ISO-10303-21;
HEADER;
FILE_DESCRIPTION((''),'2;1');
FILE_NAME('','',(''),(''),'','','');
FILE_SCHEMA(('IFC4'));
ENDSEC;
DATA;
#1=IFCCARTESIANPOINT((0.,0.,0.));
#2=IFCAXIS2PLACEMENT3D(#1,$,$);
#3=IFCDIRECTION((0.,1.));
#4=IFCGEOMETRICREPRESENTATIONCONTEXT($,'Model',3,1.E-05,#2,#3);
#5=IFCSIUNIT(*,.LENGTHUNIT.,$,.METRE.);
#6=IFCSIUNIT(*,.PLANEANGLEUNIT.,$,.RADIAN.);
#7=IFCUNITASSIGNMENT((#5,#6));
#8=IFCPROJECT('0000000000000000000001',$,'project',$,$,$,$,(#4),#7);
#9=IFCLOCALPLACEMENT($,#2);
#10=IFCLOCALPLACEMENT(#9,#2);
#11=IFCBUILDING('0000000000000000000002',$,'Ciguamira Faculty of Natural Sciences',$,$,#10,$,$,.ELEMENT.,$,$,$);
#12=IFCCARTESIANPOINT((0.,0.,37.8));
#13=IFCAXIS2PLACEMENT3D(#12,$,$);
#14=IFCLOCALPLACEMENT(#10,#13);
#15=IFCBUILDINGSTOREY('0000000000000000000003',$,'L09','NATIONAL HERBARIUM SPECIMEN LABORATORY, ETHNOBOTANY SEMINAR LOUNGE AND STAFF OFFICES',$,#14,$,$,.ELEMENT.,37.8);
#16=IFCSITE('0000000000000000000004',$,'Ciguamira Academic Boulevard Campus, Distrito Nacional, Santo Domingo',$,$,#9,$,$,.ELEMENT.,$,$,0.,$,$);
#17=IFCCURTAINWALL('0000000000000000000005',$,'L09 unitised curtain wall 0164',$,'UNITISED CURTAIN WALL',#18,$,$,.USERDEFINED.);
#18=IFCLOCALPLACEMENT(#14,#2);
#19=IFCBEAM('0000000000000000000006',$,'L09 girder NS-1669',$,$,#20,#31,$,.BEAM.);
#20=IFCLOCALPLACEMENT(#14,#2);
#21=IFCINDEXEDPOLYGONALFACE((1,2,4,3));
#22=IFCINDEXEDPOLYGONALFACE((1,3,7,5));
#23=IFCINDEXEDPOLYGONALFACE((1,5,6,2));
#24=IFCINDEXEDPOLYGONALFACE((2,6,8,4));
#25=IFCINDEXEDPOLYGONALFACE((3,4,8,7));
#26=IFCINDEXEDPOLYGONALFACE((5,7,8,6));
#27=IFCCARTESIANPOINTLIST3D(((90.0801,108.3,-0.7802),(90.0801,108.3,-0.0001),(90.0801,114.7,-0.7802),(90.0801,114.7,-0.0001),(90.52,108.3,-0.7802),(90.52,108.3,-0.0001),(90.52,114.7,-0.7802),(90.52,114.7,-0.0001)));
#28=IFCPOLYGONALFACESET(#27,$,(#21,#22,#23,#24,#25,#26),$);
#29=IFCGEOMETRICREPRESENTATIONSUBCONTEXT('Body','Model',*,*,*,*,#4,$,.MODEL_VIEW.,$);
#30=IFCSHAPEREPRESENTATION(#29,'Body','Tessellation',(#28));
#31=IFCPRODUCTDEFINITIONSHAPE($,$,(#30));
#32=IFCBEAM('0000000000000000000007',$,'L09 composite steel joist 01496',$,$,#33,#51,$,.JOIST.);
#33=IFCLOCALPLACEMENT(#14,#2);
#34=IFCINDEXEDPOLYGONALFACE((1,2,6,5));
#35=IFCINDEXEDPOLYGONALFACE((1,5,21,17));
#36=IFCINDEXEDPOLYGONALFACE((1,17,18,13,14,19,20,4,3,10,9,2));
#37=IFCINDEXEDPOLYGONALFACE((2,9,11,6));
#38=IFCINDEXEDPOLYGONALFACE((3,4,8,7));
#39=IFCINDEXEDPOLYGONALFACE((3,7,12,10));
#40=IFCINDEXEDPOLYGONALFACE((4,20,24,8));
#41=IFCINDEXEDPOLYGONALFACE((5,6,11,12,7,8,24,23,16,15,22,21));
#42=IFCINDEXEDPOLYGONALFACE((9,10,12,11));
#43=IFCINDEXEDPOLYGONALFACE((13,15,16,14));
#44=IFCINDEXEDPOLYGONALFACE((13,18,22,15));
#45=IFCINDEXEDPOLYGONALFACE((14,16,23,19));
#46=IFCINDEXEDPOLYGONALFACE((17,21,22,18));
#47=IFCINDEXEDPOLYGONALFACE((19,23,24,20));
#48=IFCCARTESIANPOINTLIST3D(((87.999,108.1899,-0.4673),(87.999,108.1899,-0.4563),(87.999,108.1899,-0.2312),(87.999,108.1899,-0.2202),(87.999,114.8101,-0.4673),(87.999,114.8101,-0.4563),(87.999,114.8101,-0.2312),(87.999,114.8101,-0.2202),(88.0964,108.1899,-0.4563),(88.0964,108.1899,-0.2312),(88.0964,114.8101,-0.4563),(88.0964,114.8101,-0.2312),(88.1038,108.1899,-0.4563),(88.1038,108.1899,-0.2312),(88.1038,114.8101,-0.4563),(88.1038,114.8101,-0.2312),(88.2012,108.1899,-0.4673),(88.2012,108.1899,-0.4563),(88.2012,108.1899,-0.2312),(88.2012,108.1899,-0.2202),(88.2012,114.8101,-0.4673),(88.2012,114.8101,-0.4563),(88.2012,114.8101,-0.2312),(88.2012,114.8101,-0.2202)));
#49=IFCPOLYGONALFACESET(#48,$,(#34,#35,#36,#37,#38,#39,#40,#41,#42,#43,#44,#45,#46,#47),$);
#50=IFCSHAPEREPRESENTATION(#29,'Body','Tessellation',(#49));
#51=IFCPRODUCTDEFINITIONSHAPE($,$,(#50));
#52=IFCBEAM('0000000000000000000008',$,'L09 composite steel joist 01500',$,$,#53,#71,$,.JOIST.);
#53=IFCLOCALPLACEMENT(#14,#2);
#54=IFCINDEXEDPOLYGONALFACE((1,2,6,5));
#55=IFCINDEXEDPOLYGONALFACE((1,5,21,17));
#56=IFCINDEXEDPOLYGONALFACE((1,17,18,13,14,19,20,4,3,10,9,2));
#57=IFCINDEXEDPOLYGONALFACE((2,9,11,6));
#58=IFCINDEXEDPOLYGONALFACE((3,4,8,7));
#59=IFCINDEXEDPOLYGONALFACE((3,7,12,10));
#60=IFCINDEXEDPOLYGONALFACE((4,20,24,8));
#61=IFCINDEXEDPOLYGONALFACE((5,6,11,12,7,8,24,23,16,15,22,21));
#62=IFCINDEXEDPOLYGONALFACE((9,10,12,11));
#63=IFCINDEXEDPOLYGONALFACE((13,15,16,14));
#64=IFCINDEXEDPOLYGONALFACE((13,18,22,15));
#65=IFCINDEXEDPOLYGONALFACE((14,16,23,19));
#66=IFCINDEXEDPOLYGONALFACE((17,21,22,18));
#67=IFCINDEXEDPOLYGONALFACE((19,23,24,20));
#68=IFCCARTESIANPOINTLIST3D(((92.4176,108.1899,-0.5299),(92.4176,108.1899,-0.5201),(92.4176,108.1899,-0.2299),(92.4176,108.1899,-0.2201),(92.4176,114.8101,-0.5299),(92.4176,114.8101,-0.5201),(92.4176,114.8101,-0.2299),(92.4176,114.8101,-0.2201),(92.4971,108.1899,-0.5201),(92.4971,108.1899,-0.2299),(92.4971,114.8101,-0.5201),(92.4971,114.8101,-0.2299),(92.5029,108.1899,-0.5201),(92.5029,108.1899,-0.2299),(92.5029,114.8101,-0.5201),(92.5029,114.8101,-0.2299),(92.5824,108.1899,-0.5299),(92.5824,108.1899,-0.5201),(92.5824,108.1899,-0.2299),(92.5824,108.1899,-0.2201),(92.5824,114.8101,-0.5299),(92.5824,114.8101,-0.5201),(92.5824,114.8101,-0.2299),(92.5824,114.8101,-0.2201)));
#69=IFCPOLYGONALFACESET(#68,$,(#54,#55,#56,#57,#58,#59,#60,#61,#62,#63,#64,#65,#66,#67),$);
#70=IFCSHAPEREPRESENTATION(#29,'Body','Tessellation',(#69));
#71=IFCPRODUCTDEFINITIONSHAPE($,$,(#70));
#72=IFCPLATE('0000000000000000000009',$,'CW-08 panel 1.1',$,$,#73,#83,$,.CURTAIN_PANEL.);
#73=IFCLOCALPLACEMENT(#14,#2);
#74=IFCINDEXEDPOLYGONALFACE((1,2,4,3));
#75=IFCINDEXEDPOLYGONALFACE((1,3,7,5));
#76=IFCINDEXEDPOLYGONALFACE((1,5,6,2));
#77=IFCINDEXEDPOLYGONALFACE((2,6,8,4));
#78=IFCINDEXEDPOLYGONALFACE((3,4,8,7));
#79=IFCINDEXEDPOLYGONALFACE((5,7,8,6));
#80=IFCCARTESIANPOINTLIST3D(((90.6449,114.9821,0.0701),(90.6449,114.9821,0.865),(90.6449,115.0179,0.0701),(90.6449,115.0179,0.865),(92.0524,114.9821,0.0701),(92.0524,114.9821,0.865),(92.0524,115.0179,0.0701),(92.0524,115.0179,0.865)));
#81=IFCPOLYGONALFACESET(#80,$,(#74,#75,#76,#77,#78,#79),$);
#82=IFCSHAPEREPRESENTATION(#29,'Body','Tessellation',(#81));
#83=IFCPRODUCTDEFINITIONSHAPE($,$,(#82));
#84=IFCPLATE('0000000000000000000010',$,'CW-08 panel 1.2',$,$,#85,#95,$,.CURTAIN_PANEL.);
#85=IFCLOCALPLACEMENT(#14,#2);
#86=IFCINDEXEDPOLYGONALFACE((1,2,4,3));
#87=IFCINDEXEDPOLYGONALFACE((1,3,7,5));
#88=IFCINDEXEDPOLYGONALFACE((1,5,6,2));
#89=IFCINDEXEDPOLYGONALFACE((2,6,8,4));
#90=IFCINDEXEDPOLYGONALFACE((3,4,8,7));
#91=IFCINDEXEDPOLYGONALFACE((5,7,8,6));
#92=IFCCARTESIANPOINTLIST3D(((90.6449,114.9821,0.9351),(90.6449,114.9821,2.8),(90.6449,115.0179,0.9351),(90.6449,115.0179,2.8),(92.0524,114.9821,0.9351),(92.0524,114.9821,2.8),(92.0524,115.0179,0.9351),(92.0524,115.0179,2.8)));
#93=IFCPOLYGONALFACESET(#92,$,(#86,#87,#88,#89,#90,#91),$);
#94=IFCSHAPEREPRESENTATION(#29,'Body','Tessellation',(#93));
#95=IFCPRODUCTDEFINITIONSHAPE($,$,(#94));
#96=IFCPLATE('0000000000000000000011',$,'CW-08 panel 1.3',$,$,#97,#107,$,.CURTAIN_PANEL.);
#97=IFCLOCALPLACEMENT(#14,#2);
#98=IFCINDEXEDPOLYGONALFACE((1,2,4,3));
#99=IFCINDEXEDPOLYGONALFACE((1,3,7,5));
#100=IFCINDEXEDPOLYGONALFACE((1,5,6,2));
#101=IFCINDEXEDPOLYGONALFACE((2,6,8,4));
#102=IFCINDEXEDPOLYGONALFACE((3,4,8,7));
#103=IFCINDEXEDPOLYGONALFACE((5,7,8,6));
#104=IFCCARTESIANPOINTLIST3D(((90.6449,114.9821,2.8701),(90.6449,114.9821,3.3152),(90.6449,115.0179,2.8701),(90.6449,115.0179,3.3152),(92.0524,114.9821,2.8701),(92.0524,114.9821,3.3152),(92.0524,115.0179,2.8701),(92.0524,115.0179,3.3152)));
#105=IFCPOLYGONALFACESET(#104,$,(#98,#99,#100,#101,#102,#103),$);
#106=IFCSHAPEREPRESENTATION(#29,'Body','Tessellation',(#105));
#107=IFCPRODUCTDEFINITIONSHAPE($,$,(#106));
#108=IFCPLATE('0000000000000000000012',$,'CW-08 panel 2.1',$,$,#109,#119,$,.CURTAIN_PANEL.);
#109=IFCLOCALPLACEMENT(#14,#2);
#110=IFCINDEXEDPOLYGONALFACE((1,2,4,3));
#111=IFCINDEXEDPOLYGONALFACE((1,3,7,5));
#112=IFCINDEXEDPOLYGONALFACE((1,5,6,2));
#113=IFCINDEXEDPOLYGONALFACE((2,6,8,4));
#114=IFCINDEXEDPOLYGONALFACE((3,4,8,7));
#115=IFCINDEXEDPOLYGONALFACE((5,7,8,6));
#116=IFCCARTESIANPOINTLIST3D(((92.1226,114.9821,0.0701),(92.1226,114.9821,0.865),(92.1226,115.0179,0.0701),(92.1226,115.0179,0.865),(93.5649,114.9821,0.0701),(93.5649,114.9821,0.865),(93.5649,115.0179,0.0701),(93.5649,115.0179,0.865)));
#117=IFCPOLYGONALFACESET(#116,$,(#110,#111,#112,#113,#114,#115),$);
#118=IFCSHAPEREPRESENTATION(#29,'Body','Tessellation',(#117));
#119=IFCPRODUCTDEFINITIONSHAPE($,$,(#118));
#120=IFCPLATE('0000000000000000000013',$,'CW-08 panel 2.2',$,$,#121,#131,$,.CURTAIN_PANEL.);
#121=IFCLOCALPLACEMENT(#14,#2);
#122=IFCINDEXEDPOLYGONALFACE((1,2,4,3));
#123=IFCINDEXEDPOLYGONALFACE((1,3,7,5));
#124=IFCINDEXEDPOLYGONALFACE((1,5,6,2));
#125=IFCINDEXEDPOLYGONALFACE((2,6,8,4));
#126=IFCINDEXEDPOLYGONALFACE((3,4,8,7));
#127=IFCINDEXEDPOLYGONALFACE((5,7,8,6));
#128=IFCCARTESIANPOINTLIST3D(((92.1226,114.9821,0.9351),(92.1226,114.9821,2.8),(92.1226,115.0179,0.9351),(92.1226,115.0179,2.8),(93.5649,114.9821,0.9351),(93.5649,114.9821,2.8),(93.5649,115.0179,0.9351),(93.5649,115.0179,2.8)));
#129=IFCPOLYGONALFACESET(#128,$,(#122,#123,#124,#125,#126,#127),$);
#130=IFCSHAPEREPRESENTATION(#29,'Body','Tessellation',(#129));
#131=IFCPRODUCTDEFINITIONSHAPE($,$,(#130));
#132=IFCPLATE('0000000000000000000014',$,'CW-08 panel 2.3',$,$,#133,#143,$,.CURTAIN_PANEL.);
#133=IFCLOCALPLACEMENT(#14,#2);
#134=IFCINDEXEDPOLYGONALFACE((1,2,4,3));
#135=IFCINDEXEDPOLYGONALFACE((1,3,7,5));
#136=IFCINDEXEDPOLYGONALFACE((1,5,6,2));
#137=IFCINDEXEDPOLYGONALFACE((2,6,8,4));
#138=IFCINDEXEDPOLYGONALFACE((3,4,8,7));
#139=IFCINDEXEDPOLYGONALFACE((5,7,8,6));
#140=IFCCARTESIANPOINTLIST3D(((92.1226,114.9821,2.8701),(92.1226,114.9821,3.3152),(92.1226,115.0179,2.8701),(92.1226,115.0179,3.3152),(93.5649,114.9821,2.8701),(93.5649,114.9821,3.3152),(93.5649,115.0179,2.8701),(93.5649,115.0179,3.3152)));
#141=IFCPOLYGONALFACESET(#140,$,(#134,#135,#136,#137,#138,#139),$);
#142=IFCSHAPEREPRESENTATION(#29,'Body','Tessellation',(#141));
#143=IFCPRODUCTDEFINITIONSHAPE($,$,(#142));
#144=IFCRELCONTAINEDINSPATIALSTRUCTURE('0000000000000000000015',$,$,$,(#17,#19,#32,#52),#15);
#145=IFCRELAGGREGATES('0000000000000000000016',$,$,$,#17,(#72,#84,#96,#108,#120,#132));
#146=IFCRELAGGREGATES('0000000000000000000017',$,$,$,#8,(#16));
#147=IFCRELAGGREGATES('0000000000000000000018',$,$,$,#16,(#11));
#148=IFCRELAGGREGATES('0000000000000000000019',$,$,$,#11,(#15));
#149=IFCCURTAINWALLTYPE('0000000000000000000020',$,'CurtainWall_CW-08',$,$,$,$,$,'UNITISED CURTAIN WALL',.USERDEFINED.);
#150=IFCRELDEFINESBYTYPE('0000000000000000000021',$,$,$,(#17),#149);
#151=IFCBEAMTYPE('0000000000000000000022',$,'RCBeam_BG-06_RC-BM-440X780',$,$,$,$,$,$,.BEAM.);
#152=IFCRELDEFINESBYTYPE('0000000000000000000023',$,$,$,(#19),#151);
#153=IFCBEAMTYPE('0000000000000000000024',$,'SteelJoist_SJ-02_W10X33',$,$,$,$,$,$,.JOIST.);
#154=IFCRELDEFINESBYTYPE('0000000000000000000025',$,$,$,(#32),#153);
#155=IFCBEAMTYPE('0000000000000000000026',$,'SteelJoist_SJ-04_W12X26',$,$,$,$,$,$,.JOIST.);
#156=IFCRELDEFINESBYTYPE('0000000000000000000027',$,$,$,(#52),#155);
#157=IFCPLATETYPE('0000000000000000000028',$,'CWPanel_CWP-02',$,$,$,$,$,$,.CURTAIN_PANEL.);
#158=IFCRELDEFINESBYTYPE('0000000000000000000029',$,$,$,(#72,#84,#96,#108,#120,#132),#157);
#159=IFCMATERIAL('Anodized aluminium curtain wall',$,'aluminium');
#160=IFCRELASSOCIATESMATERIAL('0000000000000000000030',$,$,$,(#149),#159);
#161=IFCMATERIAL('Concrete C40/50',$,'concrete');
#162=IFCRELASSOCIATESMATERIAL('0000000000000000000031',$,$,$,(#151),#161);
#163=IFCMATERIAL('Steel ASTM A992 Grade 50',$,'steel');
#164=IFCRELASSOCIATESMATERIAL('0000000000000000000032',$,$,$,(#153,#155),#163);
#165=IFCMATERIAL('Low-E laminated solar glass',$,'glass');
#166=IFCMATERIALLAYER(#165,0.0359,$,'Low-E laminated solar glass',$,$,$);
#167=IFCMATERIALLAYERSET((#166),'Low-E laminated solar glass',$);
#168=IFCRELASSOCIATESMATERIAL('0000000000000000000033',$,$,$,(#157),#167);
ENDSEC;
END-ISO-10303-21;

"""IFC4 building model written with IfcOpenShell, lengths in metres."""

from ifc_helpers import new_model, si_unit, direction, frame, origin, origin_2d, place, context, subcontext, project, spatial, rectangle, i_section, extrude, material, layer, layer_set, material_profile, profile_set, type_object, element, aggregate, save


model = new_model("IFC4")

# Units and contexts
model_context = context("Model", 3, precision=1e-05, world=origin(), true_north=direction((0.0, 1.0)))
body_context = subcontext(model_context, "Body", "Model", "MODEL_VIEW")
ifc_project = project(units=[si_unit("LENGTHUNIT", "METRE"), si_unit("PLANEANGLEUNIT", "RADIAN")], contexts=[model_context])

# Site, building, storey
site_placement = place(None, origin())
site = spatial("IfcSite", under=ifc_project, at=site_placement, Name="Ciguamira Academic Boulevard Campus, Distrito Nacional, Santo Domingo", CompositionType="ELEMENT", RefElevation=0.0)
building_placement = place(site_placement, origin())
building = spatial("IfcBuilding", under=site, at=building_placement, Name="Ciguamira Faculty of Natural Sciences", CompositionType="ELEMENT")
storey_placement = place(building_placement, frame((0.0, 0.0, 37.8)))
storey = spatial("IfcBuildingStorey", under=building, at=storey_placement, Name="L09", Description="NATIONAL HERBARIUM SPECIMEN LABORATORY, ETHNOBOTANY SEMINAR LOUNGE AND STAFF OFFICES", CompositionType="ELEMENT", Elevation=37.8)

# Shared definitions
ifc_material_1 = material(Name="Concrete C40/50", Category="concrete")

# Curtain wall
ifc_material_2 = material(Name="Anodized aluminium curtain wall", Category="aluminium")
curtain_wall_type = type_object("IfcCurtainWallType", Name="CurtainWall_CW-08", ElementType="UNITISED CURTAIN WALL", PredefinedType="USERDEFINED", material=ifc_material_2)
curtain_wall_placement = place(storey_placement, origin())
curtain_wall = element("IfcCurtainWall", 1, at=curtain_wall_placement, inside=storey, type_object=curtain_wall_type, Name="L09 unitised curtain wall 0164", ObjectType="UNITISED CURTAIN WALL", PredefinedType="USERDEFINED")

# Beams
ifc_material_profile_1 = material_profile(ifc_material_1, rectangle(XDim=0.4399, YDim=0.78, at=origin_2d()), Name="RC-BM-440X780")
ifc_profile_set_1 = profile_set([ifc_material_profile_1], Name="Concrete C40/50")
beam_type_1 = type_object("IfcBeamType", Name="RCBeam_BG-06_RC-BM-440X780", PredefinedType="BEAM", material=ifc_profile_set_1)
beam_1_placement = place(storey_placement, frame((90.3, 108.3, -0.3901), z_axis=(0.0, 1.0, 0.0), x_axis=(-1.0, 0.0, 0.0)))
element("IfcBeam", 2, at=beam_1_placement, inside=storey, type_object=beam_type_1, Name="L09 girder NS-1669", PredefinedType="BEAM", context=body_context, shape_type="SweptSolid", body=[
    extrude(rectangle(XDim=0.4399, YDim=0.78, at=origin_2d()), origin(), (0.0, 0.0, 1.0), 6.3999),
])
ifc_material_3 = material(Name="Steel ASTM A992 Grade 50", Category="steel")
ifc_material_profile_2 = material_profile(ifc_material_3, i_section(OverallWidth=0.2021, OverallDepth=0.2471, WebThickness=0.0073, FlangeThickness=0.011, at=origin_2d()), Name="W10X33")
ifc_profile_set_2 = profile_set([ifc_material_profile_2], Name="Steel ASTM A992 Grade 50")
beam_type_2 = type_object("IfcBeamType", Name="SteelJoist_SJ-02_W10X33", PredefinedType="JOIST", material=ifc_profile_set_2)
beam_2_placement = place(storey_placement, frame((88.1001, 108.1899, -0.3438), z_axis=(0.0, 1.0, 0.0), x_axis=(-1.0, 0.0, 0.0)))
element("IfcBeam", 3, at=beam_2_placement, inside=storey, type_object=beam_type_2, Name="L09 composite steel joist 01496", PredefinedType="JOIST", context=body_context, shape_type="SweptSolid", body=[
    extrude(i_section(OverallWidth=0.2021, OverallDepth=0.2471, WebThickness=0.0073, FlangeThickness=0.011, at=origin_2d()), origin(), (0.0, 0.0, 1.0), 6.6201),
])
ifc_material_profile_3 = material_profile(ifc_material_3, i_section(OverallWidth=0.1648, OverallDepth=0.3098, WebThickness=0.0059, FlangeThickness=0.0098, at=origin_2d()), Name="W12X26")
ifc_profile_set_3 = profile_set([ifc_material_profile_3], Name="Steel ASTM A992 Grade 50")
beam_type_3 = type_object("IfcBeamType", Name="SteelJoist_SJ-04_W12X26", PredefinedType="JOIST", material=ifc_profile_set_3)
beam_3_placement = place(storey_placement, frame((92.5, 108.1899, -0.375), z_axis=(0.0, 1.0, 0.0), x_axis=(-1.0, 0.0, 0.0)))
element("IfcBeam", 4, at=beam_3_placement, inside=storey, type_object=beam_type_3, Name="L09 composite steel joist 01500", PredefinedType="JOIST", context=body_context, shape_type="SweptSolid", body=[
    extrude(i_section(OverallWidth=0.1648, OverallDepth=0.3098, WebThickness=0.0059, FlangeThickness=0.0098, at=origin_2d()), origin(), (0.0, 0.0, 1.0), 6.6201),
])

# Plates
ifc_material_4 = material(Name="Low-E laminated solar glass", Category="glass")
ifc_layer = layer(ifc_material_4, 0.0359, Name="Low-E laminated solar glass")
ifc_layer_set = layer_set([ifc_layer], Name="Low-E laminated solar glass")
plate_type = type_object("IfcPlateType", Name="CWPanel_CWP-02", PredefinedType="CURTAIN_PANEL", material=ifc_layer_set)
plate_1_placement = place(storey_placement, frame((91.3486, 115.0, 0.0701), z_axis=(0.0, 0.0, 1.0), x_axis=(1.0, 0.0, 0.0)))
plate_1 = element("IfcPlate", 5, at=plate_1_placement, type_object=plate_type, Name="CW-08 panel 1.1", PredefinedType="CURTAIN_PANEL", context=body_context, shape_type="SweptSolid", body=[
    extrude(rectangle(XDim=1.4075, YDim=0.0359, at=origin_2d()), origin(), (0.0, 0.0, 1.0), 0.7949),
])
plate_2_placement = place(storey_placement, frame((91.3486, 115.0, 0.9351), z_axis=(0.0, 0.0, 1.0), x_axis=(1.0, 0.0, 0.0)))
plate_2 = element("IfcPlate", 6, at=plate_2_placement, type_object=plate_type, Name="CW-08 panel 1.2", PredefinedType="CURTAIN_PANEL", context=body_context, shape_type="SweptSolid", body=[
    extrude(rectangle(XDim=1.4075, YDim=0.0359, at=origin_2d()), origin(), (0.0, 0.0, 1.0), 1.865),
])
plate_3_placement = place(storey_placement, frame((91.3486, 115.0, 2.8701), z_axis=(0.0, 0.0, 1.0), x_axis=(1.0, 0.0, 0.0)))
plate_3 = element("IfcPlate", 7, at=plate_3_placement, type_object=plate_type, Name="CW-08 panel 1.3", PredefinedType="CURTAIN_PANEL", context=body_context, shape_type="SweptSolid", body=[
    extrude(rectangle(XDim=1.4075, YDim=0.0359, at=origin_2d()), origin(), (0.0, 0.0, 1.0), 0.4451),
])
plate_4_placement = place(storey_placement, frame((92.8438, 115.0, 0.0701), z_axis=(0.0, 0.0, 1.0), x_axis=(1.0, 0.0, 0.0)))
plate_4 = element("IfcPlate", 8, at=plate_4_placement, type_object=plate_type, Name="CW-08 panel 2.1", PredefinedType="CURTAIN_PANEL", context=body_context, shape_type="SweptSolid", body=[
    extrude(rectangle(XDim=1.4424, YDim=0.0359, at=origin_2d()), origin(), (0.0, 0.0, 1.0), 0.7949),
])
plate_5_placement = place(storey_placement, frame((92.8438, 115.0, 0.9351), z_axis=(0.0, 0.0, 1.0), x_axis=(1.0, 0.0, 0.0)))
plate_5 = element("IfcPlate", 9, at=plate_5_placement, type_object=plate_type, Name="CW-08 panel 2.2", PredefinedType="CURTAIN_PANEL", context=body_context, shape_type="SweptSolid", body=[
    extrude(rectangle(XDim=1.4424, YDim=0.0359, at=origin_2d()), origin(), (0.0, 0.0, 1.0), 1.865),
])
plate_6_placement = place(storey_placement, frame((92.8438, 115.0, 2.8701), z_axis=(0.0, 0.0, 1.0), x_axis=(1.0, 0.0, 0.0)))
plate_6 = element("IfcPlate", 10, at=plate_6_placement, type_object=plate_type, Name="CW-08 panel 2.3", PredefinedType="CURTAIN_PANEL", context=body_context, shape_type="SweptSolid", body=[
    extrude(rectangle(XDim=1.4424, YDim=0.0359, at=origin_2d()), origin(), (0.0, 0.0, 1.0), 0.4451),
])
aggregate(curtain_wall, [plate_1, plate_2, plate_3, plate_4, plate_5, plate_6])

save(model, "model.ifc")
